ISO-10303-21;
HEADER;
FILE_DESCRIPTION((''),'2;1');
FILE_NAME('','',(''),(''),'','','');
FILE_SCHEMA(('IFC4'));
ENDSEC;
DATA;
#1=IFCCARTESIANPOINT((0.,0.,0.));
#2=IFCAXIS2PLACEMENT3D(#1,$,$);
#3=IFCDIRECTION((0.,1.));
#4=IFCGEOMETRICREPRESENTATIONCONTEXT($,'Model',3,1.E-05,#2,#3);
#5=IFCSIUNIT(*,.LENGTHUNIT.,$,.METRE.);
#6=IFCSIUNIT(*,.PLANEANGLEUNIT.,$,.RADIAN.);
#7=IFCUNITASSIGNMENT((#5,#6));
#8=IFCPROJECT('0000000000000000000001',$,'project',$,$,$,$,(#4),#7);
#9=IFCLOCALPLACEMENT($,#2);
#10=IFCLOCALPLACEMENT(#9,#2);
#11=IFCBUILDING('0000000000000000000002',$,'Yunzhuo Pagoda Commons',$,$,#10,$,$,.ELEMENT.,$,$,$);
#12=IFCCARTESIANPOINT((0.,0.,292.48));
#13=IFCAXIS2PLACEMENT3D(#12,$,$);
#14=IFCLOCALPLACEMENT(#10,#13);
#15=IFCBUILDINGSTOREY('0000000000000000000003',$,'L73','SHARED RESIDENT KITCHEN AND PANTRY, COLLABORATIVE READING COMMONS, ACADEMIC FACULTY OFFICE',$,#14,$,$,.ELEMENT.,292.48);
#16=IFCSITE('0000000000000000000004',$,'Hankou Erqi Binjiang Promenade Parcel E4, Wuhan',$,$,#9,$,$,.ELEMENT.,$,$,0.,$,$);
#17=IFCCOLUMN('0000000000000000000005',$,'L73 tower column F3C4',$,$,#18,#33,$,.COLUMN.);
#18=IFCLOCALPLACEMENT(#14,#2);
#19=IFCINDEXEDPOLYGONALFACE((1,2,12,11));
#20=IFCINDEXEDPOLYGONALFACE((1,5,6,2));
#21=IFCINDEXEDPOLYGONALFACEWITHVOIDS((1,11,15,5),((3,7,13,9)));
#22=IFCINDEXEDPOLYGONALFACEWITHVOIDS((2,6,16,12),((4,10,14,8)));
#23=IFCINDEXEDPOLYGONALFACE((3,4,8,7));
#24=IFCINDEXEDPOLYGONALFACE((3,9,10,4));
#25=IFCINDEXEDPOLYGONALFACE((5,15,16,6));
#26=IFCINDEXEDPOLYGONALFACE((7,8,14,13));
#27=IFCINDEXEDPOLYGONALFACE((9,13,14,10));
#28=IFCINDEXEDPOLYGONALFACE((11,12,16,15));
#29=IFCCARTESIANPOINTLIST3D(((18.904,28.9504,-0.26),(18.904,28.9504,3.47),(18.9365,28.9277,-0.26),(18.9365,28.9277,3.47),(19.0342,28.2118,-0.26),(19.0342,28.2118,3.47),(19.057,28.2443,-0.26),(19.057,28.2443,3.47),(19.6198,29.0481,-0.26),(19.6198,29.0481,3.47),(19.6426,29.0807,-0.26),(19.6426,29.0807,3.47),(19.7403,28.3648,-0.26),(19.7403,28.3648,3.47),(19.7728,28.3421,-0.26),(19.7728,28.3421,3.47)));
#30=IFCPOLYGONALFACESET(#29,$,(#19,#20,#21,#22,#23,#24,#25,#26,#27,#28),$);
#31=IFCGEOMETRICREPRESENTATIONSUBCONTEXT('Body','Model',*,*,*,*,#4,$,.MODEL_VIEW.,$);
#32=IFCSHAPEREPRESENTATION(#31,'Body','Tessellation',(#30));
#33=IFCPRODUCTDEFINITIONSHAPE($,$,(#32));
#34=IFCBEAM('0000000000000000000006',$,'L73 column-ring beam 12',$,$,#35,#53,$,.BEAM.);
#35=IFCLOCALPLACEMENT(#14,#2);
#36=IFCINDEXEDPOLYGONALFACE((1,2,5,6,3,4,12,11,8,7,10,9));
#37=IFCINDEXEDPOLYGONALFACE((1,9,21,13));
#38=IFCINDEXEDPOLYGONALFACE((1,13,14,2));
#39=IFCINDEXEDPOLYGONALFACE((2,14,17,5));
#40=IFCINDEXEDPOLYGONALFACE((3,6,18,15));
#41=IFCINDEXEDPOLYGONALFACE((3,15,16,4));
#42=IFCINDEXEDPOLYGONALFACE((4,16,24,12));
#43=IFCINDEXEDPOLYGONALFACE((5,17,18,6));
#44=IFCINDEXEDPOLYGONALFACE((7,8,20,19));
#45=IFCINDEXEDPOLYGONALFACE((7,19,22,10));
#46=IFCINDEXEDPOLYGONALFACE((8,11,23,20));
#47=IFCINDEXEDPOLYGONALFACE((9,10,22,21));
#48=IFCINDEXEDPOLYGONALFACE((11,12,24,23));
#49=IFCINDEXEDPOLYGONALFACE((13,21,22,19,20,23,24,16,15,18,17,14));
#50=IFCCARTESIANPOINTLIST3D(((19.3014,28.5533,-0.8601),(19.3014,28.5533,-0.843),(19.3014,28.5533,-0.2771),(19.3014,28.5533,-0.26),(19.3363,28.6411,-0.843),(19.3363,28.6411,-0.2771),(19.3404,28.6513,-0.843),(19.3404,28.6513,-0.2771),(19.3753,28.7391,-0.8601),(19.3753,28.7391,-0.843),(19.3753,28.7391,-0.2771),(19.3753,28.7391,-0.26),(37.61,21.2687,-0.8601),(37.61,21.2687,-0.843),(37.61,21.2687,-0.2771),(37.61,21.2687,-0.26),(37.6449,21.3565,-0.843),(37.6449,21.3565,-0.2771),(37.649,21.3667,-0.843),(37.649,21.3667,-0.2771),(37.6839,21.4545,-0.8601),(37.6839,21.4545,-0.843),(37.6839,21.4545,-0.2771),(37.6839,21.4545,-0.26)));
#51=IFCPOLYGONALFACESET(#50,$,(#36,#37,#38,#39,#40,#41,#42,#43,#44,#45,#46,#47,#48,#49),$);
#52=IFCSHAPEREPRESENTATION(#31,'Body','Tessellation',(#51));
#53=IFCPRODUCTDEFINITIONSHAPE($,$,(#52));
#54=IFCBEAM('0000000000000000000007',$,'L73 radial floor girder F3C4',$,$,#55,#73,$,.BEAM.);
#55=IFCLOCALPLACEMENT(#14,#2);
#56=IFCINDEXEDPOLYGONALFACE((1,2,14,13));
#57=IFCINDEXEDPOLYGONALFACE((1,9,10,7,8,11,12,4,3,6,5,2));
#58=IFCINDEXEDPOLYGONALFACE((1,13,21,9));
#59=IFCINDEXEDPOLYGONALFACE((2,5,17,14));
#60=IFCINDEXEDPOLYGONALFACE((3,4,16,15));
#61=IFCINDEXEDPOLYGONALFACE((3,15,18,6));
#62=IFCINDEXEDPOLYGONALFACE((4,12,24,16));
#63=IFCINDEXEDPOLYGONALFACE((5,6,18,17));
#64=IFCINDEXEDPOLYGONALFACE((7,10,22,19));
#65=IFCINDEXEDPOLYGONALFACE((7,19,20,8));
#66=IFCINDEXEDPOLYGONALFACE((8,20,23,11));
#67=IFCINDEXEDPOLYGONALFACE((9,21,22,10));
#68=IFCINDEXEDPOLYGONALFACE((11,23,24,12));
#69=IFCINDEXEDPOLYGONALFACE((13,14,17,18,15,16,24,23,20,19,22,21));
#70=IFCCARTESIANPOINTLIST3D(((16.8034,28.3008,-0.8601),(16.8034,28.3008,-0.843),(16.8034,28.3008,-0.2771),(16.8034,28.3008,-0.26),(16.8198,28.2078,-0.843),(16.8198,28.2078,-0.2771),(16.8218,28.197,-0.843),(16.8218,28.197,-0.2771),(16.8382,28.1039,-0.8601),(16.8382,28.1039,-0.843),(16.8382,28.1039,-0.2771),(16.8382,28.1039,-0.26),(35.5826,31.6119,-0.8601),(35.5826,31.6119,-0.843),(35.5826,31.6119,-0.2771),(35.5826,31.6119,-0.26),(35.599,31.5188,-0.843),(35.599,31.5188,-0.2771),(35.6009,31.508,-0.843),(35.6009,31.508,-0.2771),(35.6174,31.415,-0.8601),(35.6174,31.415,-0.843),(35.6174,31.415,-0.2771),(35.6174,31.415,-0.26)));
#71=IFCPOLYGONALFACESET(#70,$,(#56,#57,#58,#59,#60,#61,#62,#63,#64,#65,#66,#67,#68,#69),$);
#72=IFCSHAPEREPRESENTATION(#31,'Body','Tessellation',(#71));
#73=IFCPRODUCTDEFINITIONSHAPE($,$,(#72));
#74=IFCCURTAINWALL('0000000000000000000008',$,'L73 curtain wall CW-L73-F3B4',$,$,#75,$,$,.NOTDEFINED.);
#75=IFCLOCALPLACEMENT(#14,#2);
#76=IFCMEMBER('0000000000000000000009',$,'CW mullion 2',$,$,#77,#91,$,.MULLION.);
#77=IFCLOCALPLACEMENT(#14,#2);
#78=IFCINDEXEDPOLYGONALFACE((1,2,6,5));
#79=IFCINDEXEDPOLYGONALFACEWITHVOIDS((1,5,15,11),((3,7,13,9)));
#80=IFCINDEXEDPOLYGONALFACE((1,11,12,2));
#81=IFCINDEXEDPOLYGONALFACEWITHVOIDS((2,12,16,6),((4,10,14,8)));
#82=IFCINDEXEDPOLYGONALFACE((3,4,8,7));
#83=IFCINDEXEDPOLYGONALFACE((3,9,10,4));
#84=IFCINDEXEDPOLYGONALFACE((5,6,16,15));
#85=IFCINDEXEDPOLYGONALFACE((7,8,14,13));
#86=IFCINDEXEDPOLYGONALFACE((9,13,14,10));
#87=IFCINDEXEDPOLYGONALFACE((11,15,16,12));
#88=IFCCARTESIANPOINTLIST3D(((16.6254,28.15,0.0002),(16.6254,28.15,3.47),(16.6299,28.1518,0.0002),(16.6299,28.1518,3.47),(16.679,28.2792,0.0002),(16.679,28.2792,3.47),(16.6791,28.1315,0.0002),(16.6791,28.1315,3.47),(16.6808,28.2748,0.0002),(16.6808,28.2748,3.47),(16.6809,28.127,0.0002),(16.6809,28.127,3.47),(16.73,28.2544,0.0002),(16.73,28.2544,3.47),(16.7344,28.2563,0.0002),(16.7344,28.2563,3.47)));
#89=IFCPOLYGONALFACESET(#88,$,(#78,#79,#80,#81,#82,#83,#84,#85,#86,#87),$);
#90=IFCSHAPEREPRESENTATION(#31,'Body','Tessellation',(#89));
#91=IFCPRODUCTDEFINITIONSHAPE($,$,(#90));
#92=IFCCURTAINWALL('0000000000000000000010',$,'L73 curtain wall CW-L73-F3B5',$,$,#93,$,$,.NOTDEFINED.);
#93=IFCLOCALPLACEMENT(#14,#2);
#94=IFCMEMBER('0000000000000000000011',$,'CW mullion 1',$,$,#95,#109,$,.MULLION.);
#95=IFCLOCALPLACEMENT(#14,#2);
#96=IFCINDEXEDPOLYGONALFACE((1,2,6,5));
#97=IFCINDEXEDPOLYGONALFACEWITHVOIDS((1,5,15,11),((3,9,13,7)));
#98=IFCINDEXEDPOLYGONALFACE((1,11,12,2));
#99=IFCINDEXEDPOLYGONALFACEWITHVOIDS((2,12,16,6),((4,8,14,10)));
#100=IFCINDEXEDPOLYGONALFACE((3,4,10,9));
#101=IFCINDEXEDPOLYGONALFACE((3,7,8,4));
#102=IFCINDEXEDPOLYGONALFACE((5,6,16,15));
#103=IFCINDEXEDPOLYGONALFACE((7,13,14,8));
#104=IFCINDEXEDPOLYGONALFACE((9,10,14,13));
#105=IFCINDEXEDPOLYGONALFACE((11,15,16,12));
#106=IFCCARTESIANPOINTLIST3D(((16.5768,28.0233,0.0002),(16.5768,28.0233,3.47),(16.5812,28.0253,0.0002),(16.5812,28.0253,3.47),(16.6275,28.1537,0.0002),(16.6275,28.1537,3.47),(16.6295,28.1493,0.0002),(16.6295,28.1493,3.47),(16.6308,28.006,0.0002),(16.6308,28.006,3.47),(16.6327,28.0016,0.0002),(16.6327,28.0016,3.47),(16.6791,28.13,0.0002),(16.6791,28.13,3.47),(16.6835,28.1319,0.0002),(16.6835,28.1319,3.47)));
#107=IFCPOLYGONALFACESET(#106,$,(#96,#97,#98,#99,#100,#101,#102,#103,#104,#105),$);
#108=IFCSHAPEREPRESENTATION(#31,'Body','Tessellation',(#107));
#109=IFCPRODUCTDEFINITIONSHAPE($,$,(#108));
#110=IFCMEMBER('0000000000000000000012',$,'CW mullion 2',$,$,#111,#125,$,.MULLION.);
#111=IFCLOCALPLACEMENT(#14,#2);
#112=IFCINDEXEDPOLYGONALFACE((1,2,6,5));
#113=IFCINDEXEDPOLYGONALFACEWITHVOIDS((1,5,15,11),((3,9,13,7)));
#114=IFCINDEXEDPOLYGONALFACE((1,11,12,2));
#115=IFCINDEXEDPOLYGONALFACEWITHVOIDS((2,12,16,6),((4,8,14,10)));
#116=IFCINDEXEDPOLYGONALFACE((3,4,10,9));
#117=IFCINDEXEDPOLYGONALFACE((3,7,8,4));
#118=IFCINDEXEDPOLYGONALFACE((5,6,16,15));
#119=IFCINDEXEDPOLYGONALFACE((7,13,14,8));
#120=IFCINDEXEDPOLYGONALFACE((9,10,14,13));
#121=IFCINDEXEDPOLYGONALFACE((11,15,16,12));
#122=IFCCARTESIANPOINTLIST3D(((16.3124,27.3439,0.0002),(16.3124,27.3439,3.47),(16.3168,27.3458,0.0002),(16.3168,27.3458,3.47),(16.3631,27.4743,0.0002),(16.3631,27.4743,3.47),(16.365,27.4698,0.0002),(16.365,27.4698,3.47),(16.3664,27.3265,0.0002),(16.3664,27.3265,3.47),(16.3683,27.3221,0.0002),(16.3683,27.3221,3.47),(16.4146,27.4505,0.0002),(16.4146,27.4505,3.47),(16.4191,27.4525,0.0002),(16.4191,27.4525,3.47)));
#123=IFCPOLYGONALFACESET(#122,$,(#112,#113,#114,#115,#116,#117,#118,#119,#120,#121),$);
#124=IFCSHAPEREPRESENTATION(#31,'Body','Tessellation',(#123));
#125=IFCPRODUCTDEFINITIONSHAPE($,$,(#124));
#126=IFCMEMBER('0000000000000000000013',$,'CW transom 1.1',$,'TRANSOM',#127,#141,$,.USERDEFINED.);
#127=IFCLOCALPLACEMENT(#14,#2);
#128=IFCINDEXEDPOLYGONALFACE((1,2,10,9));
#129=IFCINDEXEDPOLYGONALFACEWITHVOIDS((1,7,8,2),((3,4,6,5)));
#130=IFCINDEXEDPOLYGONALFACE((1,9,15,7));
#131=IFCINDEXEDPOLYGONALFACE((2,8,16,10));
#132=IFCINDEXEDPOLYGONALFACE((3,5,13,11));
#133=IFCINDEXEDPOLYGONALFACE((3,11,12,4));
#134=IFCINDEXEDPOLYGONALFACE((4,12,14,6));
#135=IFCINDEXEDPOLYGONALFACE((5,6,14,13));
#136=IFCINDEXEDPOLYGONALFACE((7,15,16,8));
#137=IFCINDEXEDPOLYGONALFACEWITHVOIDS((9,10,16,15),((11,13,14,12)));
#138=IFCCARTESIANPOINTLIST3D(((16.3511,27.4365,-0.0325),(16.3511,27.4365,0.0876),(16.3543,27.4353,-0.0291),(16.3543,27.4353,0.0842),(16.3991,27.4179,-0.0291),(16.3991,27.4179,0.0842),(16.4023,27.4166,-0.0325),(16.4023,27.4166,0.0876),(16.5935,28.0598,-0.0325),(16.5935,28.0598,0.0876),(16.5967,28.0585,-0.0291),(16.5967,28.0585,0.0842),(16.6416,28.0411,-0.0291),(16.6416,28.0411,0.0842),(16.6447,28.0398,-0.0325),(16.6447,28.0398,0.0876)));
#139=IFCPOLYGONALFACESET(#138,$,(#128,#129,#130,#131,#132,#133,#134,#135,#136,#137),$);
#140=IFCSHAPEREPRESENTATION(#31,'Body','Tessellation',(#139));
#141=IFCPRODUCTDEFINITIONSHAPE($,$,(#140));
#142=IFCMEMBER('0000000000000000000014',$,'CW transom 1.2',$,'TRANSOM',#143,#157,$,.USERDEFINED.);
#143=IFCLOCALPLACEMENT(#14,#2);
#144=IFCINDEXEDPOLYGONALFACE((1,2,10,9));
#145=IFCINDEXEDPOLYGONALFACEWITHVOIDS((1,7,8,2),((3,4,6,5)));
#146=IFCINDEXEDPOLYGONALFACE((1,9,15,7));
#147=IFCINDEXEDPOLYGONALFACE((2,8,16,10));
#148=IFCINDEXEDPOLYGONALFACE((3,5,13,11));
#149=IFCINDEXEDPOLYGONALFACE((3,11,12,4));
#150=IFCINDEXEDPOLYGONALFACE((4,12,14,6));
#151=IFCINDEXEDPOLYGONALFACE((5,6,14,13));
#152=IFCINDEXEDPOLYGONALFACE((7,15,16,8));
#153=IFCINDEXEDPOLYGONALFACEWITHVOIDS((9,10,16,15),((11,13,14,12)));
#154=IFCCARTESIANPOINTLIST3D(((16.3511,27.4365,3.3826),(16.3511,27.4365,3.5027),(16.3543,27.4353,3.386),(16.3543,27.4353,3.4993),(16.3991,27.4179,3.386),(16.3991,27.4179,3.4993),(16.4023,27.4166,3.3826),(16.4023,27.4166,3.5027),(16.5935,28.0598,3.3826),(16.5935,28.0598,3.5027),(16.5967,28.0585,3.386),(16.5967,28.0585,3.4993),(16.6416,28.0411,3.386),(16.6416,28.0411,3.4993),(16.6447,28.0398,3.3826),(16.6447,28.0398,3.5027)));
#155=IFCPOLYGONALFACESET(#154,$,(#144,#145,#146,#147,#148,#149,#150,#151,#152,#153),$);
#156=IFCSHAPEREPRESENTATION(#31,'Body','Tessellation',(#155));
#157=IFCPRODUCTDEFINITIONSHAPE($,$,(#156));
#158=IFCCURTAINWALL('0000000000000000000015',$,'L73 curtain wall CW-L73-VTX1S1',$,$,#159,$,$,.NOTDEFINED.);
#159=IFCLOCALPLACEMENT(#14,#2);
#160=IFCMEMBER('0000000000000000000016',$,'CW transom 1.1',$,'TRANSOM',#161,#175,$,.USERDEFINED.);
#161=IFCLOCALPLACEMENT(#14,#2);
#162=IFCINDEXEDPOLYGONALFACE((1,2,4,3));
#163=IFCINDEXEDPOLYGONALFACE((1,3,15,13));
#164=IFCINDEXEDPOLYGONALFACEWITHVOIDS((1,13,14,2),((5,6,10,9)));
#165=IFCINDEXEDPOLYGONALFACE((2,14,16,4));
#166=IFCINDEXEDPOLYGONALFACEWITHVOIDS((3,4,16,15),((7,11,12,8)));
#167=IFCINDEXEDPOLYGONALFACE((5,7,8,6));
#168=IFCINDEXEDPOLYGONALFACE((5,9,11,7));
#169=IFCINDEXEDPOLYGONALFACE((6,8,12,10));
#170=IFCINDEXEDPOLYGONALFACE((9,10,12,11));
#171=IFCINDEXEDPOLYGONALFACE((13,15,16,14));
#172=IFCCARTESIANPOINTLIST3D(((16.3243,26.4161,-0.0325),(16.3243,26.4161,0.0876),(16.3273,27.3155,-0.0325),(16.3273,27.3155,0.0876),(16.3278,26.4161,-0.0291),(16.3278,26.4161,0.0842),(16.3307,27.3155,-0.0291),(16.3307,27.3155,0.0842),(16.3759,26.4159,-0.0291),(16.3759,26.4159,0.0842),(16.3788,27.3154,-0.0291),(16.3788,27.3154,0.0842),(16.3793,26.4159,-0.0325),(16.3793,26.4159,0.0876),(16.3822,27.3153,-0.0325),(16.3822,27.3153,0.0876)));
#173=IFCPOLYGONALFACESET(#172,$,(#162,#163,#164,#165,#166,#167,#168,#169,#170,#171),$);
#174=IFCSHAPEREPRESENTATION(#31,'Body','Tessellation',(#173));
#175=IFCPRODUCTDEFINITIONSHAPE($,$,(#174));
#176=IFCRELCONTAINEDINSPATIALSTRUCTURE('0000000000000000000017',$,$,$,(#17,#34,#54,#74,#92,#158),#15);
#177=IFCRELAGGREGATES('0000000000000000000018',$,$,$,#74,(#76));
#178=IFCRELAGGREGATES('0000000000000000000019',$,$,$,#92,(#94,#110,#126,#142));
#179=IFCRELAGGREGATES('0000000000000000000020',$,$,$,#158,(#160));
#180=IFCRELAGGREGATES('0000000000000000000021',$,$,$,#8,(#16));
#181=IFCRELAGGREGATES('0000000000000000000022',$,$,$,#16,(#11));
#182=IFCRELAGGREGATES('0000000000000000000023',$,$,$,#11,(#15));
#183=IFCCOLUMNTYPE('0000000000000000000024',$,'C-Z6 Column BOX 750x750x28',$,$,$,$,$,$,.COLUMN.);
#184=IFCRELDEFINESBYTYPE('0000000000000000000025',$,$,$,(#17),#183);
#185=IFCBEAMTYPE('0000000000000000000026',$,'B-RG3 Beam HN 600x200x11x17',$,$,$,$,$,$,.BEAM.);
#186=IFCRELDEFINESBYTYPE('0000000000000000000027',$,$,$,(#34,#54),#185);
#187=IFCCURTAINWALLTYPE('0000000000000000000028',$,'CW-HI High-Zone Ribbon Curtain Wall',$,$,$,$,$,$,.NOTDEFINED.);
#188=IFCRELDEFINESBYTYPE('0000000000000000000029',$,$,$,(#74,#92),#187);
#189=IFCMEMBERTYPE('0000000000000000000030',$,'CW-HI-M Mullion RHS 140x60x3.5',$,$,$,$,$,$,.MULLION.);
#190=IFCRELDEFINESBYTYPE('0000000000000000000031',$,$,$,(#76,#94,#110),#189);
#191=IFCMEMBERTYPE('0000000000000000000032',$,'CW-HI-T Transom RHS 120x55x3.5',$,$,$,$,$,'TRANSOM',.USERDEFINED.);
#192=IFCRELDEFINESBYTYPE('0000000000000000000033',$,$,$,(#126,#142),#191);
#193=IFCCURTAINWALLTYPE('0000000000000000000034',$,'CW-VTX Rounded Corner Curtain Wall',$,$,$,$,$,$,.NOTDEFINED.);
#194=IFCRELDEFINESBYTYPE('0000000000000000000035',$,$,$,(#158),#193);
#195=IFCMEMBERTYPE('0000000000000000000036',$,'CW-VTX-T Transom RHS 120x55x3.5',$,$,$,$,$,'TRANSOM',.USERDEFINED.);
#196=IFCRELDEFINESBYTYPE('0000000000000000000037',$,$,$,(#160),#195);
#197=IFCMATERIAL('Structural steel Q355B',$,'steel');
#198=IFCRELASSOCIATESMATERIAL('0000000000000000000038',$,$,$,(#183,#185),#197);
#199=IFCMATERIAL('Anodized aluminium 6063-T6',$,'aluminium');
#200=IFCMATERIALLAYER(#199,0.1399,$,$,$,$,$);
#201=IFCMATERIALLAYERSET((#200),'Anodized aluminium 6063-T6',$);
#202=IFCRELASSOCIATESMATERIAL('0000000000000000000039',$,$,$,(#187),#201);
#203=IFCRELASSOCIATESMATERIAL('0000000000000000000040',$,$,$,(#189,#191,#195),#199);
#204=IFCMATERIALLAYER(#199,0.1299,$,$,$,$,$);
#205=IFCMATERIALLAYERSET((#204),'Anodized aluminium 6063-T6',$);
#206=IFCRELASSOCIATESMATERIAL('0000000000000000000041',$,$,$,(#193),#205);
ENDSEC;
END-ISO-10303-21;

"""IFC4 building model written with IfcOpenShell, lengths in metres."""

from ifc_helpers import new_model, si_unit, direction, frame, origin, origin_2d, place, context, subcontext, project, spatial, hollow_rectangle, i_section, extrude, source, transform, mapped, material, layer, layer_set, material_profile, profile_set, type_object, element, aggregate, save


model = new_model("IFC4")

# Units and contexts
model_context = context("Model", 3, precision=1e-05, world=origin(), true_north=direction((0.0, 1.0)))
body_context = subcontext(model_context, "Body", "Model", "MODEL_VIEW")
ifc_project = project(units=[si_unit("LENGTHUNIT", "METRE"), si_unit("PLANEANGLEUNIT", "RADIAN")], contexts=[model_context])

# Site, building, storey
site_placement = place(None, origin())
site = spatial("IfcSite", under=ifc_project, at=site_placement, Name="Hankou Erqi Binjiang Promenade Parcel E4, Wuhan", CompositionType="ELEMENT", RefElevation=0.0)
building_placement = place(site_placement, origin())
building = spatial("IfcBuilding", under=site, at=building_placement, Name="Yunzhuo Pagoda Commons", CompositionType="ELEMENT")
storey_placement = place(building_placement, frame((0.0, 0.0, 292.48)))
storey = spatial("IfcBuildingStorey", under=building, at=storey_placement, Name="L73", Description="SHARED RESIDENT KITCHEN AND PANTRY, COLLABORATIVE READING COMMONS, ACADEMIC FACULTY OFFICE", CompositionType="ELEMENT", Elevation=292.48)

# Column
ifc_material_1 = material(Name="Structural steel Q355B", Category="steel")
ifc_material_profile_1 = material_profile(ifc_material_1, hollow_rectangle(XDim=0.75, YDim=0.75, WallThickness=0.0281, at=origin_2d()), Name="Structural steel Q355B")
ifc_profile_set_1 = profile_set([ifc_material_profile_1], Name="Structural steel Q355B")
column_type = type_object("IfcColumnType", Name="C-Z6 Column BOX 750x750x28", PredefinedType="COLUMN", material=ifc_profile_set_1)
shared_shape_1 = source(origin(), body_context, "Body", "SweptSolid", [
    extrude(hollow_rectangle(XDim=0.75, YDim=0.75, WallThickness=0.0281, at=origin_2d()), origin(), (0.0, 0.0, 1.0), 3.73),
])
column_placement = place(storey_placement, frame((19.3384, 28.6462, -0.26), z_axis=(0.0, 0.0, 1.0), x_axis=(0.173648, -0.984808, 0.0)))
element("IfcColumn", 1, at=column_placement, inside=storey, type_object=column_type, Name="L73 tower column F3C4", PredefinedType="COLUMN", context=body_context, shape_type="MappedRepresentation", body=[
    mapped(shared_shape_1, transform((0.0, 0.0, 0.0), scale=1.0)),
])

# Beams
ifc_material_profile_2 = material_profile(ifc_material_1, i_section(OverallWidth=0.2, OverallDepth=0.6001, WebThickness=0.011, FlangeThickness=0.0171, at=origin_2d()), Name="Structural steel Q355B")
ifc_profile_set_2 = profile_set([ifc_material_profile_2], Name="Structural steel Q355B")
beam_type = type_object("IfcBeamType", Name="B-RG3 Beam HN 600x200x11x17", PredefinedType="BEAM", material=ifc_profile_set_2)
shared_shape_2 = source(origin(), body_context, "Body", "SweptSolid", [
    extrude(i_section(OverallWidth=0.2, OverallDepth=0.6001, WebThickness=0.011, FlangeThickness=0.0171, at=origin_2d()), origin(), (0.0, 0.0, 1.0), 19.7046),
])
beam_1_placement = place(storey_placement, frame((19.3384, 28.6462, -0.5601), z_axis=(0.929154, -0.369694, 0.0), x_axis=(0.369694, 0.929154, 0.0)))
element("IfcBeam", 2, at=beam_1_placement, inside=storey, type_object=beam_type, Name="L73 column-ring beam 12", PredefinedType="BEAM", context=body_context, shape_type="MappedRepresentation", body=[
    mapped(shared_shape_2, transform((0.0, 0.0, 0.0), scale=1.0)),
])
shared_shape_3 = source(origin(), body_context, "Body", "SweptSolid", [
    extrude(i_section(OverallWidth=0.2, OverallDepth=0.6001, WebThickness=0.011, FlangeThickness=0.0171, at=origin_2d()), origin(), (0.0, 0.0, 1.0), 19.0688),
])
beam_2_placement = place(storey_placement, frame((16.8208, 28.2024, -0.5601), z_axis=(0.98481, 0.173635, 0.0), x_axis=(-0.173635, 0.98481, 0.0)))
element("IfcBeam", 3, at=beam_2_placement, inside=storey, type_object=beam_type, Name="L73 radial floor girder F3C4", PredefinedType="BEAM", context=body_context, shape_type="MappedRepresentation", body=[
    mapped(shared_shape_3, transform((0.0, 0.0, 0.0), scale=1.0)),
])

# Curtain wall, member
ifc_material_2 = material(Name="Anodized aluminium 6063-T6", Category="aluminium")
ifc_layer_1 = layer(ifc_material_2, 0.1399)
ifc_layer_set_1 = layer_set([ifc_layer_1], Name="Anodized aluminium 6063-T6")
curtain_wall_type_1 = type_object("IfcCurtainWallType", Name="CW-HI High-Zone Ribbon Curtain Wall", PredefinedType="NOTDEFINED", material=ifc_layer_set_1)
curtain_wall_1_placement = place(storey_placement, origin())
curtain_wall_1 = element("IfcCurtainWall", 4, at=curtain_wall_1_placement, inside=storey, type_object=curtain_wall_type_1, Name="L73 curtain wall CW-L73-F3B4", PredefinedType="NOTDEFINED")
ifc_material_profile_3 = material_profile(ifc_material_2, hollow_rectangle(XDim=0.0601, YDim=0.1399, WallThickness=0.0034, at=origin_2d()), Name="Anodized aluminium 6063-T6")
ifc_profile_set_3 = profile_set([ifc_material_profile_3], Name="Anodized aluminium 6063-T6")
member_type_1 = type_object("IfcMemberType", Name="CW-HI-M Mullion RHS 140x60x3.5", PredefinedType="MULLION", material=ifc_profile_set_3)
shared_shape_4 = source(origin(), body_context, "Body", "SweptSolid", [
    extrude(hollow_rectangle(XDim=0.0601, YDim=0.1399, WallThickness=0.0034, at=origin_2d()), origin(), (0.0, 0.0, 1.0), 3.4697),
])
member_1_placement = place(storey_placement, frame((16.6799, 28.2031, 0.0002), z_axis=(0.0, 0.0, 1.0), x_axis=(0.923899, -0.382636, 0.0)))
member_1 = element("IfcMember", 5, at=member_1_placement, type_object=member_type_1, Name="CW mullion 2", PredefinedType="MULLION", context=body_context, shape_type="MappedRepresentation", body=[
    mapped(shared_shape_4, transform((0.0, 0.0, 0.0), scale=1.0)),
])
aggregate(curtain_wall_1, [member_1])

# Curtain walls, members
curtain_wall_2_placement = place(storey_placement, origin())
curtain_wall_2 = element("IfcCurtainWall", 6, at=curtain_wall_2_placement, inside=storey, type_object=curtain_wall_type_1, Name="L73 curtain wall CW-L73-F3B5", PredefinedType="NOTDEFINED")
member_2_placement = place(storey_placement, frame((16.6301, 28.0776, 0.0002), z_axis=(0.0, 0.0, 1.0), x_axis=(0.931924, -0.362654, 0.0)))
member_2 = element("IfcMember", 7, at=member_2_placement, type_object=member_type_1, Name="CW mullion 1", PredefinedType="MULLION", context=body_context, shape_type="MappedRepresentation", body=[
    mapped(shared_shape_4, transform((0.0, 0.0, 0.0), scale=1.0)),
])
member_3_placement = place(storey_placement, frame((16.3657, 27.3982, 0.0002), z_axis=(0.0, 0.0, 1.0), x_axis=(0.931924, -0.362654, 0.0)))
member_3 = element("IfcMember", 8, at=member_3_placement, type_object=member_type_1, Name="CW mullion 2", PredefinedType="MULLION", context=body_context, shape_type="MappedRepresentation", body=[
    mapped(shared_shape_4, transform((0.0, 0.0, 0.0), scale=1.0)),
])
ifc_material_profile_4 = material_profile(ifc_material_2, hollow_rectangle(XDim=0.0549, YDim=0.1201, WallThickness=0.0034, at=origin_2d()), Name="Anodized aluminium 6063-T6")
ifc_profile_set_4 = profile_set([ifc_material_profile_4], Name="Anodized aluminium 6063-T6")
member_type_2 = type_object("IfcMemberType", Name="CW-HI-T Transom RHS 120x55x3.5", ElementType="TRANSOM", PredefinedType="USERDEFINED", material=ifc_profile_set_4)
shared_shape_5 = source(origin(), body_context, "Body", "SweptSolid", [
    extrude(hollow_rectangle(XDim=0.0549, YDim=0.1201, WallThickness=0.0034, at=origin_2d()), origin(), (0.0, 0.0, 1.0), 0.6687),
])
member_4_placement = place(storey_placement, frame((16.6191, 28.0498, 0.0276), z_axis=(-0.362499, -0.931984, 0.0), x_axis=(0.931984, -0.362499, 0.0)))
member_4 = element("IfcMember", 9, at=member_4_placement, type_object=member_type_2, Name="CW transom 1.1", ObjectType="TRANSOM", PredefinedType="USERDEFINED", context=body_context, shape_type="MappedRepresentation", body=[
    mapped(shared_shape_5, transform((0.0, 0.0, 0.0), scale=1.0)),
])
member_5_placement = place(storey_placement, frame((16.6191, 28.0498, 3.4426), z_axis=(-0.362499, -0.931984, 0.0), x_axis=(0.931984, -0.362499, 0.0)))
member_5 = element("IfcMember", 10, at=member_5_placement, type_object=member_type_2, Name="CW transom 1.2", ObjectType="TRANSOM", PredefinedType="USERDEFINED", context=body_context, shape_type="MappedRepresentation", body=[
    mapped(shared_shape_5, transform((0.0, 0.0, 0.0), scale=1.0)),
])
ifc_layer_2 = layer(ifc_material_2, 0.1299)
ifc_layer_set_2 = layer_set([ifc_layer_2], Name="Anodized aluminium 6063-T6")
curtain_wall_type_2 = type_object("IfcCurtainWallType", Name="CW-VTX Rounded Corner Curtain Wall", PredefinedType="NOTDEFINED", material=ifc_layer_set_2)
curtain_wall_3_placement = place(storey_placement, origin())
curtain_wall_3 = element("IfcCurtainWall", 11, at=curtain_wall_3_placement, inside=storey, type_object=curtain_wall_type_2, Name="L73 curtain wall CW-L73-VTX1S1", PredefinedType="NOTDEFINED")
ifc_material_profile_5 = material_profile(ifc_material_2, hollow_rectangle(XDim=0.0549, YDim=0.1201, WallThickness=0.0034, at=origin_2d()), Name="Anodized aluminium 6063-T6")
ifc_profile_set_5 = profile_set([ifc_material_profile_5], Name="Anodized aluminium 6063-T6")
member_type_3 = type_object("IfcMemberType", Name="CW-VTX-T Transom RHS 120x55x3.5", ElementType="TRANSOM", PredefinedType="USERDEFINED", material=ifc_profile_set_5)
shared_shape_6 = source(origin(), body_context, "Body", "SweptSolid", [
    extrude(hollow_rectangle(XDim=0.0549, YDim=0.1201, WallThickness=0.0034, at=origin_2d()), origin(), (0.0, 0.0, 1.0), 0.8994),
])
member_6_placement = place(storey_placement, frame((16.3547, 27.3154, 0.0276), z_axis=(-0.003257, -0.999995, 0.0), x_axis=(0.999995, -0.003257, 0.0)))
member_6 = element("IfcMember", 12, at=member_6_placement, type_object=member_type_3, Name="CW transom 1.1", ObjectType="TRANSOM", PredefinedType="USERDEFINED", context=body_context, shape_type="MappedRepresentation", body=[
    mapped(shared_shape_6, transform((0.0, 0.0, 0.0), scale=1.0)),
])

aggregate(curtain_wall_2, [member_2, member_3, member_4, member_5])
aggregate(curtain_wall_3, [member_6])

save(model, "model.ifc")
